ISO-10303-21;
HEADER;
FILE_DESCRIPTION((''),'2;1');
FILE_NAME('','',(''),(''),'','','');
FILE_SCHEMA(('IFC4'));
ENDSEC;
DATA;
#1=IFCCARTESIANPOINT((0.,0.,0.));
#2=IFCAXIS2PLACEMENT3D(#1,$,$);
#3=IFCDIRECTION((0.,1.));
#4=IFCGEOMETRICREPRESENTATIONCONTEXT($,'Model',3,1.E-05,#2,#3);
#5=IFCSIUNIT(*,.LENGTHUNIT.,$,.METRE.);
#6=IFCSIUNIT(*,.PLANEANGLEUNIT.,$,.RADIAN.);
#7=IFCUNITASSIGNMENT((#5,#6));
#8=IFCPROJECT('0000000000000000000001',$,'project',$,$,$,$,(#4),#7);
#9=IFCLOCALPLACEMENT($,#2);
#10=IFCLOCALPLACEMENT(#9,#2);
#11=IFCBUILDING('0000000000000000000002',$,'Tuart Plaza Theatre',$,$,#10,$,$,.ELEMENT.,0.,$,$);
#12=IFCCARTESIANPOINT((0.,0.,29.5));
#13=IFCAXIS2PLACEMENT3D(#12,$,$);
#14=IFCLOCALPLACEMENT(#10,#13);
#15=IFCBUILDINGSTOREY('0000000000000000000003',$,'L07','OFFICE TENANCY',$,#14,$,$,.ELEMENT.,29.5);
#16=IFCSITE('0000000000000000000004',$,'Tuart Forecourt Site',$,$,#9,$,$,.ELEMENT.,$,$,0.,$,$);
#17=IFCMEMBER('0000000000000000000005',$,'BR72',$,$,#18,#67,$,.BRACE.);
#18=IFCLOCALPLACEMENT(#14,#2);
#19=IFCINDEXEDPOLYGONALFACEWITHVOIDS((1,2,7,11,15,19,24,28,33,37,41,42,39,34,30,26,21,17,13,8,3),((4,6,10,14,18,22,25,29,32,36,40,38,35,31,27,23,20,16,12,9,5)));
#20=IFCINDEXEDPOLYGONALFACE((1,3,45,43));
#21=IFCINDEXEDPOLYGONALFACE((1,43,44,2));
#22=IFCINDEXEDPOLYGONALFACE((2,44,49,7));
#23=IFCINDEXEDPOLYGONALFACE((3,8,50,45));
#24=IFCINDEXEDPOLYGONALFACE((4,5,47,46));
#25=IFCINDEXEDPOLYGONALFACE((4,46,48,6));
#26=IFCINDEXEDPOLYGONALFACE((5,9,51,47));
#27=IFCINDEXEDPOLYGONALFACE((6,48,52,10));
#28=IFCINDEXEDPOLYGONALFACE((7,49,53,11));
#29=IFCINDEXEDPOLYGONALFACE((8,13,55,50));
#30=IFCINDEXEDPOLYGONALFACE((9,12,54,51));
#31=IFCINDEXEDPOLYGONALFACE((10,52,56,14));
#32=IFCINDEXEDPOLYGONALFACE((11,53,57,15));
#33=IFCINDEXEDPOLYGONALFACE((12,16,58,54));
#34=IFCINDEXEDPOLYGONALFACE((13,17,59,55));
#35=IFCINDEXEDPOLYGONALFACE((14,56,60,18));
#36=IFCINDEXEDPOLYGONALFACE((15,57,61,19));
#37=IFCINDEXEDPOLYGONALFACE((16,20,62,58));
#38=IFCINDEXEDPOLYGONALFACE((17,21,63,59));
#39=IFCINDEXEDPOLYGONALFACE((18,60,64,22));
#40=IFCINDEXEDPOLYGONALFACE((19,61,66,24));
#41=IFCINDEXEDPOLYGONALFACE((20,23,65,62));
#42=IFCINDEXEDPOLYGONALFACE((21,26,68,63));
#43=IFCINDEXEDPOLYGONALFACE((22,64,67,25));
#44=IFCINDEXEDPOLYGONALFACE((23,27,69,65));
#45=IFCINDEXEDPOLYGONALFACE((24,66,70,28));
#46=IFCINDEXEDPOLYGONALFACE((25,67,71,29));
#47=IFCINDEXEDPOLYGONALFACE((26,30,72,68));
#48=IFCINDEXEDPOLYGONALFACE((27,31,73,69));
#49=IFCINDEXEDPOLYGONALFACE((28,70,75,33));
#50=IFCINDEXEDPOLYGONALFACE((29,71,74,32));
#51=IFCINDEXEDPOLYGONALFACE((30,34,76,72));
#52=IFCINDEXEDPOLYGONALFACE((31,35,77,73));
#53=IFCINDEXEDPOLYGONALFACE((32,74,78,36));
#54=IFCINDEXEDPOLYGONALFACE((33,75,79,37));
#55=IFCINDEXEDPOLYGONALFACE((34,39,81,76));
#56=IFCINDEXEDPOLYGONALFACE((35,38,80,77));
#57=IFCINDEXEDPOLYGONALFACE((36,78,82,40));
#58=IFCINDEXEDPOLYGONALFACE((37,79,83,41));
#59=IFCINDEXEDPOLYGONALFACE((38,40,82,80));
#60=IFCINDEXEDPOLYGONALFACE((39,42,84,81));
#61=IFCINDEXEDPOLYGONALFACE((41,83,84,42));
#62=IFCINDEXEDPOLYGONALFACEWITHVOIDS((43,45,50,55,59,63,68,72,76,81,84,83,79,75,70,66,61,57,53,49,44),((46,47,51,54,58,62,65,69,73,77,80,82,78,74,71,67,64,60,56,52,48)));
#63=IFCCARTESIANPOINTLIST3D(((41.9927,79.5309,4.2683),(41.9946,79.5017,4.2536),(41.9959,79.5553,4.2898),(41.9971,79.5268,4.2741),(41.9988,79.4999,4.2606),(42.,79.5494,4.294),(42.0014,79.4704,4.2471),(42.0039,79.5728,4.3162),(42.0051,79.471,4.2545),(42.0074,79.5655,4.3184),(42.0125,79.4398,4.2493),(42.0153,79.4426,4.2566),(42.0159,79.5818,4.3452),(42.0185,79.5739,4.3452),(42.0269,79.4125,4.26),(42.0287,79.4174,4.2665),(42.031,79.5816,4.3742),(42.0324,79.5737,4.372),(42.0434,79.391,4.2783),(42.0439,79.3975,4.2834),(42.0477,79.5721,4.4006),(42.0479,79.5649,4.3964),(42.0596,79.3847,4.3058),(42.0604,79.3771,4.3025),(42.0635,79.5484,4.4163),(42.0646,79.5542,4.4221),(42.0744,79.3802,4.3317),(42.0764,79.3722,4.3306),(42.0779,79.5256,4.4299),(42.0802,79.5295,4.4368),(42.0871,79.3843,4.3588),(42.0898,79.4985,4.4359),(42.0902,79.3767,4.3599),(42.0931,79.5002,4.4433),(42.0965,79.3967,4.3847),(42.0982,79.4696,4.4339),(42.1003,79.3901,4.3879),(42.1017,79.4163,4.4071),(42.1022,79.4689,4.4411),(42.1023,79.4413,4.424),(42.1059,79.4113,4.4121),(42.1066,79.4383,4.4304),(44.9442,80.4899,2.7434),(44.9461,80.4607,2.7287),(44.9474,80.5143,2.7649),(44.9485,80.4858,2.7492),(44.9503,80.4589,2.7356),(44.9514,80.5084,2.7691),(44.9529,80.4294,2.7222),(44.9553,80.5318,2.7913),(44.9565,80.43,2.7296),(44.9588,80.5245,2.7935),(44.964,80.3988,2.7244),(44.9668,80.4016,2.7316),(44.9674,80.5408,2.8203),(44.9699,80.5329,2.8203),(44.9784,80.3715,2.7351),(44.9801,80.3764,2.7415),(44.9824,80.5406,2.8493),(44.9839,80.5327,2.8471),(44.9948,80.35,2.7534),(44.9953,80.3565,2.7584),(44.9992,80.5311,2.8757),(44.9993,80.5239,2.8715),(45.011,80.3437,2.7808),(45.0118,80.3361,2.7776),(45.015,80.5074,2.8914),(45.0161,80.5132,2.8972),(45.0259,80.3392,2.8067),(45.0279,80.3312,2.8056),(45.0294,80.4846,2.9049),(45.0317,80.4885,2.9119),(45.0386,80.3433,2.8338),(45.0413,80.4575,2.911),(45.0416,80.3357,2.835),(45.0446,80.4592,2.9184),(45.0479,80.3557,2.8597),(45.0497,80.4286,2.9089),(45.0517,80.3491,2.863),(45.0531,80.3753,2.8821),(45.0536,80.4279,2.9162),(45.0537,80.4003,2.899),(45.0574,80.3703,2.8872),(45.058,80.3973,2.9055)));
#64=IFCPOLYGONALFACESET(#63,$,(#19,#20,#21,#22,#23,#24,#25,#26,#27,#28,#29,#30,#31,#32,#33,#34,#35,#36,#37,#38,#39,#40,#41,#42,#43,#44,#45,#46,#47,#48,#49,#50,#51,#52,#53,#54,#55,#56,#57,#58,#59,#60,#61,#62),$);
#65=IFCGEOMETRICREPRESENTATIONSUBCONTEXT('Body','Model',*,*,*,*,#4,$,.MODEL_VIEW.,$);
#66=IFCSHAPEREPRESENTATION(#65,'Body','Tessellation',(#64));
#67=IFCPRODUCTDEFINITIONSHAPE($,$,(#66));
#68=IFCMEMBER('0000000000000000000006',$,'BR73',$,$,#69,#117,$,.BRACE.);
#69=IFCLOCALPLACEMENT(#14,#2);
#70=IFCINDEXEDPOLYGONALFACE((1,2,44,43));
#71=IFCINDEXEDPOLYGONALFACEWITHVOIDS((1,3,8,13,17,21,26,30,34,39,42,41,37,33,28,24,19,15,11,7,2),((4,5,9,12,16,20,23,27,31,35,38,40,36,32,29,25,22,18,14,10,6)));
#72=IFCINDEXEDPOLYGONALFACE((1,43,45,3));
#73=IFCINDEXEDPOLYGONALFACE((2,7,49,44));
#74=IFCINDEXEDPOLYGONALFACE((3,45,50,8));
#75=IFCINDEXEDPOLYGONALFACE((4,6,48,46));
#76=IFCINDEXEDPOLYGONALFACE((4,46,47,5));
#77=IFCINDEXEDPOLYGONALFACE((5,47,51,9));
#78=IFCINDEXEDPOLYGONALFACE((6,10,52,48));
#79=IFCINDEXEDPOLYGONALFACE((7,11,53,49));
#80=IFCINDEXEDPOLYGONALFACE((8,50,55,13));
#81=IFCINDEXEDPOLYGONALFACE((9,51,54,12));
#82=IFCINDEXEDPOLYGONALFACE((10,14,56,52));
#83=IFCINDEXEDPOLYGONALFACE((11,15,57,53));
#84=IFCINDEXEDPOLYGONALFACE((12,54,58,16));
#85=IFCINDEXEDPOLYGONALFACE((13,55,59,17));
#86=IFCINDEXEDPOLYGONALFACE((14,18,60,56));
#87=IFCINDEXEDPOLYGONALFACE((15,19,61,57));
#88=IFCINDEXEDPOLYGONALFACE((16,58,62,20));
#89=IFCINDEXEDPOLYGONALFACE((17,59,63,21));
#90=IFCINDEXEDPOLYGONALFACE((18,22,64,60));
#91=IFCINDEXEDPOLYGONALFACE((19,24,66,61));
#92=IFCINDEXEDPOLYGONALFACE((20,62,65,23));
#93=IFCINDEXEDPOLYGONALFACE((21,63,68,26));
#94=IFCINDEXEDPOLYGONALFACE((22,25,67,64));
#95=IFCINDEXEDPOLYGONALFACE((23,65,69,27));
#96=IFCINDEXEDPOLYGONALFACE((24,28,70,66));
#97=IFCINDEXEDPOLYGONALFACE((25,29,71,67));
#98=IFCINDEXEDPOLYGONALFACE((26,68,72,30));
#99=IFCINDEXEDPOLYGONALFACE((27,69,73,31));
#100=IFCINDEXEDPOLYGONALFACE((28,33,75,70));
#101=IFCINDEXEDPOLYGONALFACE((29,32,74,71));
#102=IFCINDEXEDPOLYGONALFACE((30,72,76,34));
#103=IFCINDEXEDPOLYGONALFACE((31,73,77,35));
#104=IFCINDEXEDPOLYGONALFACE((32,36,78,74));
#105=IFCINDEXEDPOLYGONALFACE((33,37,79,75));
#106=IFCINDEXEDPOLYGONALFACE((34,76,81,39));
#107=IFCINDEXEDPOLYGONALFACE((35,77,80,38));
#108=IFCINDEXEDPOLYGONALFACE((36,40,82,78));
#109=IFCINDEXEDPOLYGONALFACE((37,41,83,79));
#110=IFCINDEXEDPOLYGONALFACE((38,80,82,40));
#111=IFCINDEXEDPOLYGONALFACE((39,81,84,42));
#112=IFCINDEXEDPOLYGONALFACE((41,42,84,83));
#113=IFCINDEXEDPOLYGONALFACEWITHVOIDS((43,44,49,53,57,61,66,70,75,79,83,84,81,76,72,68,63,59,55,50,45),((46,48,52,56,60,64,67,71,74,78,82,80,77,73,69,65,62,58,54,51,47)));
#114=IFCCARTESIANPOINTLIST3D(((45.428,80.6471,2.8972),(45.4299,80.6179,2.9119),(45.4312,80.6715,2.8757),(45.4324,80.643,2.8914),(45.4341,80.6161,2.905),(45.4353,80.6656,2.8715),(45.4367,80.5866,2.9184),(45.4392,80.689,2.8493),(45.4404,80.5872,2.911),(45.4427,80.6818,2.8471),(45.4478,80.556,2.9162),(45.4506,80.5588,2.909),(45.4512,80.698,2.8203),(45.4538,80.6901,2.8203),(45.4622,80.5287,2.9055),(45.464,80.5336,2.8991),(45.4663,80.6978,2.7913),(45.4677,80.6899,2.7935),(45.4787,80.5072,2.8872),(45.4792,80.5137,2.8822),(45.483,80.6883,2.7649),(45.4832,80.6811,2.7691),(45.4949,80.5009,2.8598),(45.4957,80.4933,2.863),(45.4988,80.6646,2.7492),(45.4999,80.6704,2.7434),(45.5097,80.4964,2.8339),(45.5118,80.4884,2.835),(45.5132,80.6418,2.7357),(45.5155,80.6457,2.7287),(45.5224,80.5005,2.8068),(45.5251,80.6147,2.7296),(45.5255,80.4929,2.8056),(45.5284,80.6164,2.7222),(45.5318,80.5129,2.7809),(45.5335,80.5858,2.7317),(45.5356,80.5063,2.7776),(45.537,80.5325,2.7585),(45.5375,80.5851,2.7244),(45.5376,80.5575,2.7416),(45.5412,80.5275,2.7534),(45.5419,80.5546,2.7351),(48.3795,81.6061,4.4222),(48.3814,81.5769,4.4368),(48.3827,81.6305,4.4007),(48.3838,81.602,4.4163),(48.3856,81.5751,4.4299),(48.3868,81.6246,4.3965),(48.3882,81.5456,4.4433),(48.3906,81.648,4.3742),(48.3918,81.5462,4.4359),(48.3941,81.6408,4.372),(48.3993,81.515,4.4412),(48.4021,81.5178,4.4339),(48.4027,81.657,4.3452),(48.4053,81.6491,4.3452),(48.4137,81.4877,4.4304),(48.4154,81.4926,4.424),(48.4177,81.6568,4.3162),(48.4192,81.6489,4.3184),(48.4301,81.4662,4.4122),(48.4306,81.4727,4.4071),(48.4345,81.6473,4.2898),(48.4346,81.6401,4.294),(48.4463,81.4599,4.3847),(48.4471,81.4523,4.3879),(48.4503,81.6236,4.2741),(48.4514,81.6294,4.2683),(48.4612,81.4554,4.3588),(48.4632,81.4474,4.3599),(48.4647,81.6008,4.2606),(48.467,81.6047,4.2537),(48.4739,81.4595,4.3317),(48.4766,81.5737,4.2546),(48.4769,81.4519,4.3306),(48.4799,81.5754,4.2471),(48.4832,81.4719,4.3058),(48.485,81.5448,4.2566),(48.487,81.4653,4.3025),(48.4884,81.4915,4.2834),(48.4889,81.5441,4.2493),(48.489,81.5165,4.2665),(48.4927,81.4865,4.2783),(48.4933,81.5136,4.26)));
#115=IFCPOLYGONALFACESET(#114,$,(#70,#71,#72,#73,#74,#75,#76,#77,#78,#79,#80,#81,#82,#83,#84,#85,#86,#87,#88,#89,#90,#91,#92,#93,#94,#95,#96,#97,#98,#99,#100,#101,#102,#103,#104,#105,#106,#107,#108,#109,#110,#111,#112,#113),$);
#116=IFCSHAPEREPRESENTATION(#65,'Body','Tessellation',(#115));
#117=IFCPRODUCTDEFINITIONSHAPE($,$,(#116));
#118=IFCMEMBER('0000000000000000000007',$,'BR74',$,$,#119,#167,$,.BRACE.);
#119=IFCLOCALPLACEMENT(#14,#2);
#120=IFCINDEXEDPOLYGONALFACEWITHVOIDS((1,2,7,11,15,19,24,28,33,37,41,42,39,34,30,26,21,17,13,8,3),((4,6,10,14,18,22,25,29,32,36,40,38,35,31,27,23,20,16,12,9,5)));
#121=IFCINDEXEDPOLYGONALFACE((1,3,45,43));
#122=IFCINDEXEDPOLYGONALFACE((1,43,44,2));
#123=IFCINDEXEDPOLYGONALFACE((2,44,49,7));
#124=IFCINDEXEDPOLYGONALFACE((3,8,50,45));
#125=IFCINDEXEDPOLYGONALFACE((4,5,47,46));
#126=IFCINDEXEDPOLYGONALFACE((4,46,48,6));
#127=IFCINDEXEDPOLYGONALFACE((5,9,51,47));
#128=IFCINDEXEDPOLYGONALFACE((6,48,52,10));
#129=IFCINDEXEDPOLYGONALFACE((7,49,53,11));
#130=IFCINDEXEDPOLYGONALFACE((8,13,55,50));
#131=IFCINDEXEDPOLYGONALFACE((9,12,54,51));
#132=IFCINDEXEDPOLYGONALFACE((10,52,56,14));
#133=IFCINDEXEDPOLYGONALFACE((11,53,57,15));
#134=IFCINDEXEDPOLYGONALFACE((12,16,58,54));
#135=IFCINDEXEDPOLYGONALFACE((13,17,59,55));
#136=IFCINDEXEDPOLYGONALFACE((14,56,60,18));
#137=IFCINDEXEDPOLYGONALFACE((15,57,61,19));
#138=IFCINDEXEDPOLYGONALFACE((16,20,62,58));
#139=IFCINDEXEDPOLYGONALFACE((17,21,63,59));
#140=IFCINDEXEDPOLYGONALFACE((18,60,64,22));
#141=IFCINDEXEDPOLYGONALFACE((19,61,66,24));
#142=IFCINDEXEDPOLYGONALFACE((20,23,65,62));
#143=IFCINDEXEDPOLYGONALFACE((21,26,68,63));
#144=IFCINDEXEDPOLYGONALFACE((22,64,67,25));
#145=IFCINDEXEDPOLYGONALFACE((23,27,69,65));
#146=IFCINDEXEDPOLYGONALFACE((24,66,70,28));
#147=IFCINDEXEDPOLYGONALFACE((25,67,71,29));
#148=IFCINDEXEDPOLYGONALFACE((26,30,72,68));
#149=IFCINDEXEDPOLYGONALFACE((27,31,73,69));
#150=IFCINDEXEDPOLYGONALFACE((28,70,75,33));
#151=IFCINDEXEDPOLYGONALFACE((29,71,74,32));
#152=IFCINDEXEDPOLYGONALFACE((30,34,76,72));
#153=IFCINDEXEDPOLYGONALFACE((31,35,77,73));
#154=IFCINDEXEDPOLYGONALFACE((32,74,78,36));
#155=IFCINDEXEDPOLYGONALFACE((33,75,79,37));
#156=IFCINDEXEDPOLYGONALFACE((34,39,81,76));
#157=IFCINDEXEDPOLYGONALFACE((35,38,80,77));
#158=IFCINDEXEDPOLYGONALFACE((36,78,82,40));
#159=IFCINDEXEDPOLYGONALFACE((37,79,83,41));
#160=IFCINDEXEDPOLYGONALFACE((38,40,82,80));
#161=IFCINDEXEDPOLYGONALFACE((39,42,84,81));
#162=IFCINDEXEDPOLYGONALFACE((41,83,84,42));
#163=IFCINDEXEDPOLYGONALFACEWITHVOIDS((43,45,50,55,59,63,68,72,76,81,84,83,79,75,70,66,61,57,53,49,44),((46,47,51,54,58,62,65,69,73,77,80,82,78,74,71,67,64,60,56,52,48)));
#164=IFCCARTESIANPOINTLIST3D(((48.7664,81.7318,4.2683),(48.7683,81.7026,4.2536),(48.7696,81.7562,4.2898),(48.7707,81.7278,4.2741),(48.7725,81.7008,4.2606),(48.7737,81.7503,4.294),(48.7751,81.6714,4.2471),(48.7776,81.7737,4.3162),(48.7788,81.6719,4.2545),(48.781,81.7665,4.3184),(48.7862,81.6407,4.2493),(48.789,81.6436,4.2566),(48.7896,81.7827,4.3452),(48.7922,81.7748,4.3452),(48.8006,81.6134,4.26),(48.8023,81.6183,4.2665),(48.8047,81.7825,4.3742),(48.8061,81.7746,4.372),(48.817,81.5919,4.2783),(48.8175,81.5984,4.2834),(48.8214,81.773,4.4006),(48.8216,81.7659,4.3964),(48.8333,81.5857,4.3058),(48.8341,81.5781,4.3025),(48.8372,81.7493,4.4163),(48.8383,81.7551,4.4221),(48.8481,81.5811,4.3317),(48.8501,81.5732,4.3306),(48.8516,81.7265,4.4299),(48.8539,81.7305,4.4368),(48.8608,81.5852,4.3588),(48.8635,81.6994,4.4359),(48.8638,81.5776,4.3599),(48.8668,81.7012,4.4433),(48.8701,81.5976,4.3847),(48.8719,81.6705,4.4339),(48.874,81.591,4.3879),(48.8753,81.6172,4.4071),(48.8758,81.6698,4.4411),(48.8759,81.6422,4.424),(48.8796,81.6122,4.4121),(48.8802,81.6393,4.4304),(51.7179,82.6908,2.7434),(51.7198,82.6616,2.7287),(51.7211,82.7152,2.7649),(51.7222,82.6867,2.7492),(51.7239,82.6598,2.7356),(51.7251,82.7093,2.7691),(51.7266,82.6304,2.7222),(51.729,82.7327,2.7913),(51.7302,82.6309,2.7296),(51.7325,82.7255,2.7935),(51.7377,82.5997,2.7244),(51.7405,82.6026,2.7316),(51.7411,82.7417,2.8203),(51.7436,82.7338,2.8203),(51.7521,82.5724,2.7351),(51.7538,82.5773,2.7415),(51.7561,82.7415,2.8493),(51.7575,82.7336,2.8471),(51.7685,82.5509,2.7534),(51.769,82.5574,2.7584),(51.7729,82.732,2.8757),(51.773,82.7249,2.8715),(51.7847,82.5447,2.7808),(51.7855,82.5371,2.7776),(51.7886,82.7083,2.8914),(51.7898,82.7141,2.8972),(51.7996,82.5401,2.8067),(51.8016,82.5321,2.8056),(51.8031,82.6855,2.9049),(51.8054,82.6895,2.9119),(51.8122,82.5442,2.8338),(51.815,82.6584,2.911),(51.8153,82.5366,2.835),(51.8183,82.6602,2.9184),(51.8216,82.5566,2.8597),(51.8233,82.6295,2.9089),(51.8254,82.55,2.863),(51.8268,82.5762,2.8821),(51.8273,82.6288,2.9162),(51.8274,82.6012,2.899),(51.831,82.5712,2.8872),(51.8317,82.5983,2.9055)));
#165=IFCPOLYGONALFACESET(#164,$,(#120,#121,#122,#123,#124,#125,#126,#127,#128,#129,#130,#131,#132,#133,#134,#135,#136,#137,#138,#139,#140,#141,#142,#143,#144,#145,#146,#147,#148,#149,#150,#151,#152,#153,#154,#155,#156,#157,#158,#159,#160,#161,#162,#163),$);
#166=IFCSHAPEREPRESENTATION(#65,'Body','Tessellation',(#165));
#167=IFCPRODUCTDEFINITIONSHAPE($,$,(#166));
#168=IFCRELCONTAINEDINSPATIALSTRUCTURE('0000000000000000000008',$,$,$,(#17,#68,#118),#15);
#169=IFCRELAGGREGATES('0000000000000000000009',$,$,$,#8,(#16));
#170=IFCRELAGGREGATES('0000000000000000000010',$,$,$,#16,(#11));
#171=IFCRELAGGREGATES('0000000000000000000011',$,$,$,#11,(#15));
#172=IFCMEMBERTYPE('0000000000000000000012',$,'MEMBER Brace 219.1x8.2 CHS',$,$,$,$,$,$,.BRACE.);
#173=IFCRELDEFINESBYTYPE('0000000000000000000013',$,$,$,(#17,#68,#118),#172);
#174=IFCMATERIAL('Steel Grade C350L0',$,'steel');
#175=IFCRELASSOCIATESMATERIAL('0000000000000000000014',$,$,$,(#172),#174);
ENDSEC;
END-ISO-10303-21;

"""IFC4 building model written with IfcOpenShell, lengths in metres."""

from ifc_helpers import new_model, si_unit, direction, frame, origin, origin_2d, place, context, subcontext, project, spatial, hollow_circle, extrude, material, material_profile, profile_set, type_object, element, save


model = new_model("IFC4")

# Units and contexts
model_context = context("Model", 3, precision=1e-05, world=origin(), true_north=direction((0.0, 1.0)))
body_context = subcontext(model_context, "Body", "Model", "MODEL_VIEW")
ifc_project = project(units=[si_unit("LENGTHUNIT", "METRE"), si_unit("PLANEANGLEUNIT", "RADIAN")], contexts=[model_context])

# Site, building, storey
site_placement = place(None, origin())
site = spatial("IfcSite", under=ifc_project, at=site_placement, Name="Tuart Forecourt Site", CompositionType="ELEMENT", RefElevation=0.0)
building_placement = place(site_placement, origin())
building = spatial("IfcBuilding", under=site, at=building_placement, Name="Tuart Plaza Theatre", CompositionType="ELEMENT", ElevationOfRefHeight=0.0)
storey_placement = place(building_placement, frame((0.0, 0.0, 29.5)))
storey = spatial("IfcBuildingStorey", under=building, at=storey_placement, Name="L07", Description="OFFICE TENANCY", CompositionType="ELEMENT", Elevation=29.5)

# Members
ifc_material_1 = material(Name="Steel Grade C350L0", Category="steel")
ifc_material_profile_1 = material_profile(ifc_material_1, hollow_circle(Radius=0.1096, WallThickness=0.0083, at=origin_2d()), Name="219.1x8.2 CHS")
ifc_profile_set_1 = profile_set([ifc_material_profile_1], Name="Steel Grade C350L0")
member_type_1 = type_object("IfcMemberType", Name="MEMBER Brace 219.1x8.2 CHS", PredefinedType="BRACE", material=ifc_profile_set_1)
for number, where, z_axis, x_axis, name in (
    (1, (42.0498, 79.4775, 4.3452), (0.853573, 0.277346, -0.441014), (-0.30902, 0.951055, 0.0), "BR72"),
    (2, (45.4851, 80.5938, 2.8203), (0.853573, 0.277346, 0.441014), (-0.30902, 0.951055, 0.0), "BR73"),
    (3, (48.8235, 81.6785, 4.3452), (0.853573, 0.277346, -0.441014), (-0.30902, 0.951055, 0.0), "BR74"),
):
    element("IfcMember", number, at=place(storey_placement, frame(where, z_axis=z_axis, x_axis=x_axis)), inside=storey, type_object=member_type_1, Name=name, PredefinedType="BRACE", context=body_context, shape_type="SweptSolid", body=[
        extrude(hollow_circle(Radius=0.1096, WallThickness=0.0083, at=origin_2d()), origin(), (0.0, 0.0, 1.0), 3.4578),
    ])

save(model, "model.ifc")
